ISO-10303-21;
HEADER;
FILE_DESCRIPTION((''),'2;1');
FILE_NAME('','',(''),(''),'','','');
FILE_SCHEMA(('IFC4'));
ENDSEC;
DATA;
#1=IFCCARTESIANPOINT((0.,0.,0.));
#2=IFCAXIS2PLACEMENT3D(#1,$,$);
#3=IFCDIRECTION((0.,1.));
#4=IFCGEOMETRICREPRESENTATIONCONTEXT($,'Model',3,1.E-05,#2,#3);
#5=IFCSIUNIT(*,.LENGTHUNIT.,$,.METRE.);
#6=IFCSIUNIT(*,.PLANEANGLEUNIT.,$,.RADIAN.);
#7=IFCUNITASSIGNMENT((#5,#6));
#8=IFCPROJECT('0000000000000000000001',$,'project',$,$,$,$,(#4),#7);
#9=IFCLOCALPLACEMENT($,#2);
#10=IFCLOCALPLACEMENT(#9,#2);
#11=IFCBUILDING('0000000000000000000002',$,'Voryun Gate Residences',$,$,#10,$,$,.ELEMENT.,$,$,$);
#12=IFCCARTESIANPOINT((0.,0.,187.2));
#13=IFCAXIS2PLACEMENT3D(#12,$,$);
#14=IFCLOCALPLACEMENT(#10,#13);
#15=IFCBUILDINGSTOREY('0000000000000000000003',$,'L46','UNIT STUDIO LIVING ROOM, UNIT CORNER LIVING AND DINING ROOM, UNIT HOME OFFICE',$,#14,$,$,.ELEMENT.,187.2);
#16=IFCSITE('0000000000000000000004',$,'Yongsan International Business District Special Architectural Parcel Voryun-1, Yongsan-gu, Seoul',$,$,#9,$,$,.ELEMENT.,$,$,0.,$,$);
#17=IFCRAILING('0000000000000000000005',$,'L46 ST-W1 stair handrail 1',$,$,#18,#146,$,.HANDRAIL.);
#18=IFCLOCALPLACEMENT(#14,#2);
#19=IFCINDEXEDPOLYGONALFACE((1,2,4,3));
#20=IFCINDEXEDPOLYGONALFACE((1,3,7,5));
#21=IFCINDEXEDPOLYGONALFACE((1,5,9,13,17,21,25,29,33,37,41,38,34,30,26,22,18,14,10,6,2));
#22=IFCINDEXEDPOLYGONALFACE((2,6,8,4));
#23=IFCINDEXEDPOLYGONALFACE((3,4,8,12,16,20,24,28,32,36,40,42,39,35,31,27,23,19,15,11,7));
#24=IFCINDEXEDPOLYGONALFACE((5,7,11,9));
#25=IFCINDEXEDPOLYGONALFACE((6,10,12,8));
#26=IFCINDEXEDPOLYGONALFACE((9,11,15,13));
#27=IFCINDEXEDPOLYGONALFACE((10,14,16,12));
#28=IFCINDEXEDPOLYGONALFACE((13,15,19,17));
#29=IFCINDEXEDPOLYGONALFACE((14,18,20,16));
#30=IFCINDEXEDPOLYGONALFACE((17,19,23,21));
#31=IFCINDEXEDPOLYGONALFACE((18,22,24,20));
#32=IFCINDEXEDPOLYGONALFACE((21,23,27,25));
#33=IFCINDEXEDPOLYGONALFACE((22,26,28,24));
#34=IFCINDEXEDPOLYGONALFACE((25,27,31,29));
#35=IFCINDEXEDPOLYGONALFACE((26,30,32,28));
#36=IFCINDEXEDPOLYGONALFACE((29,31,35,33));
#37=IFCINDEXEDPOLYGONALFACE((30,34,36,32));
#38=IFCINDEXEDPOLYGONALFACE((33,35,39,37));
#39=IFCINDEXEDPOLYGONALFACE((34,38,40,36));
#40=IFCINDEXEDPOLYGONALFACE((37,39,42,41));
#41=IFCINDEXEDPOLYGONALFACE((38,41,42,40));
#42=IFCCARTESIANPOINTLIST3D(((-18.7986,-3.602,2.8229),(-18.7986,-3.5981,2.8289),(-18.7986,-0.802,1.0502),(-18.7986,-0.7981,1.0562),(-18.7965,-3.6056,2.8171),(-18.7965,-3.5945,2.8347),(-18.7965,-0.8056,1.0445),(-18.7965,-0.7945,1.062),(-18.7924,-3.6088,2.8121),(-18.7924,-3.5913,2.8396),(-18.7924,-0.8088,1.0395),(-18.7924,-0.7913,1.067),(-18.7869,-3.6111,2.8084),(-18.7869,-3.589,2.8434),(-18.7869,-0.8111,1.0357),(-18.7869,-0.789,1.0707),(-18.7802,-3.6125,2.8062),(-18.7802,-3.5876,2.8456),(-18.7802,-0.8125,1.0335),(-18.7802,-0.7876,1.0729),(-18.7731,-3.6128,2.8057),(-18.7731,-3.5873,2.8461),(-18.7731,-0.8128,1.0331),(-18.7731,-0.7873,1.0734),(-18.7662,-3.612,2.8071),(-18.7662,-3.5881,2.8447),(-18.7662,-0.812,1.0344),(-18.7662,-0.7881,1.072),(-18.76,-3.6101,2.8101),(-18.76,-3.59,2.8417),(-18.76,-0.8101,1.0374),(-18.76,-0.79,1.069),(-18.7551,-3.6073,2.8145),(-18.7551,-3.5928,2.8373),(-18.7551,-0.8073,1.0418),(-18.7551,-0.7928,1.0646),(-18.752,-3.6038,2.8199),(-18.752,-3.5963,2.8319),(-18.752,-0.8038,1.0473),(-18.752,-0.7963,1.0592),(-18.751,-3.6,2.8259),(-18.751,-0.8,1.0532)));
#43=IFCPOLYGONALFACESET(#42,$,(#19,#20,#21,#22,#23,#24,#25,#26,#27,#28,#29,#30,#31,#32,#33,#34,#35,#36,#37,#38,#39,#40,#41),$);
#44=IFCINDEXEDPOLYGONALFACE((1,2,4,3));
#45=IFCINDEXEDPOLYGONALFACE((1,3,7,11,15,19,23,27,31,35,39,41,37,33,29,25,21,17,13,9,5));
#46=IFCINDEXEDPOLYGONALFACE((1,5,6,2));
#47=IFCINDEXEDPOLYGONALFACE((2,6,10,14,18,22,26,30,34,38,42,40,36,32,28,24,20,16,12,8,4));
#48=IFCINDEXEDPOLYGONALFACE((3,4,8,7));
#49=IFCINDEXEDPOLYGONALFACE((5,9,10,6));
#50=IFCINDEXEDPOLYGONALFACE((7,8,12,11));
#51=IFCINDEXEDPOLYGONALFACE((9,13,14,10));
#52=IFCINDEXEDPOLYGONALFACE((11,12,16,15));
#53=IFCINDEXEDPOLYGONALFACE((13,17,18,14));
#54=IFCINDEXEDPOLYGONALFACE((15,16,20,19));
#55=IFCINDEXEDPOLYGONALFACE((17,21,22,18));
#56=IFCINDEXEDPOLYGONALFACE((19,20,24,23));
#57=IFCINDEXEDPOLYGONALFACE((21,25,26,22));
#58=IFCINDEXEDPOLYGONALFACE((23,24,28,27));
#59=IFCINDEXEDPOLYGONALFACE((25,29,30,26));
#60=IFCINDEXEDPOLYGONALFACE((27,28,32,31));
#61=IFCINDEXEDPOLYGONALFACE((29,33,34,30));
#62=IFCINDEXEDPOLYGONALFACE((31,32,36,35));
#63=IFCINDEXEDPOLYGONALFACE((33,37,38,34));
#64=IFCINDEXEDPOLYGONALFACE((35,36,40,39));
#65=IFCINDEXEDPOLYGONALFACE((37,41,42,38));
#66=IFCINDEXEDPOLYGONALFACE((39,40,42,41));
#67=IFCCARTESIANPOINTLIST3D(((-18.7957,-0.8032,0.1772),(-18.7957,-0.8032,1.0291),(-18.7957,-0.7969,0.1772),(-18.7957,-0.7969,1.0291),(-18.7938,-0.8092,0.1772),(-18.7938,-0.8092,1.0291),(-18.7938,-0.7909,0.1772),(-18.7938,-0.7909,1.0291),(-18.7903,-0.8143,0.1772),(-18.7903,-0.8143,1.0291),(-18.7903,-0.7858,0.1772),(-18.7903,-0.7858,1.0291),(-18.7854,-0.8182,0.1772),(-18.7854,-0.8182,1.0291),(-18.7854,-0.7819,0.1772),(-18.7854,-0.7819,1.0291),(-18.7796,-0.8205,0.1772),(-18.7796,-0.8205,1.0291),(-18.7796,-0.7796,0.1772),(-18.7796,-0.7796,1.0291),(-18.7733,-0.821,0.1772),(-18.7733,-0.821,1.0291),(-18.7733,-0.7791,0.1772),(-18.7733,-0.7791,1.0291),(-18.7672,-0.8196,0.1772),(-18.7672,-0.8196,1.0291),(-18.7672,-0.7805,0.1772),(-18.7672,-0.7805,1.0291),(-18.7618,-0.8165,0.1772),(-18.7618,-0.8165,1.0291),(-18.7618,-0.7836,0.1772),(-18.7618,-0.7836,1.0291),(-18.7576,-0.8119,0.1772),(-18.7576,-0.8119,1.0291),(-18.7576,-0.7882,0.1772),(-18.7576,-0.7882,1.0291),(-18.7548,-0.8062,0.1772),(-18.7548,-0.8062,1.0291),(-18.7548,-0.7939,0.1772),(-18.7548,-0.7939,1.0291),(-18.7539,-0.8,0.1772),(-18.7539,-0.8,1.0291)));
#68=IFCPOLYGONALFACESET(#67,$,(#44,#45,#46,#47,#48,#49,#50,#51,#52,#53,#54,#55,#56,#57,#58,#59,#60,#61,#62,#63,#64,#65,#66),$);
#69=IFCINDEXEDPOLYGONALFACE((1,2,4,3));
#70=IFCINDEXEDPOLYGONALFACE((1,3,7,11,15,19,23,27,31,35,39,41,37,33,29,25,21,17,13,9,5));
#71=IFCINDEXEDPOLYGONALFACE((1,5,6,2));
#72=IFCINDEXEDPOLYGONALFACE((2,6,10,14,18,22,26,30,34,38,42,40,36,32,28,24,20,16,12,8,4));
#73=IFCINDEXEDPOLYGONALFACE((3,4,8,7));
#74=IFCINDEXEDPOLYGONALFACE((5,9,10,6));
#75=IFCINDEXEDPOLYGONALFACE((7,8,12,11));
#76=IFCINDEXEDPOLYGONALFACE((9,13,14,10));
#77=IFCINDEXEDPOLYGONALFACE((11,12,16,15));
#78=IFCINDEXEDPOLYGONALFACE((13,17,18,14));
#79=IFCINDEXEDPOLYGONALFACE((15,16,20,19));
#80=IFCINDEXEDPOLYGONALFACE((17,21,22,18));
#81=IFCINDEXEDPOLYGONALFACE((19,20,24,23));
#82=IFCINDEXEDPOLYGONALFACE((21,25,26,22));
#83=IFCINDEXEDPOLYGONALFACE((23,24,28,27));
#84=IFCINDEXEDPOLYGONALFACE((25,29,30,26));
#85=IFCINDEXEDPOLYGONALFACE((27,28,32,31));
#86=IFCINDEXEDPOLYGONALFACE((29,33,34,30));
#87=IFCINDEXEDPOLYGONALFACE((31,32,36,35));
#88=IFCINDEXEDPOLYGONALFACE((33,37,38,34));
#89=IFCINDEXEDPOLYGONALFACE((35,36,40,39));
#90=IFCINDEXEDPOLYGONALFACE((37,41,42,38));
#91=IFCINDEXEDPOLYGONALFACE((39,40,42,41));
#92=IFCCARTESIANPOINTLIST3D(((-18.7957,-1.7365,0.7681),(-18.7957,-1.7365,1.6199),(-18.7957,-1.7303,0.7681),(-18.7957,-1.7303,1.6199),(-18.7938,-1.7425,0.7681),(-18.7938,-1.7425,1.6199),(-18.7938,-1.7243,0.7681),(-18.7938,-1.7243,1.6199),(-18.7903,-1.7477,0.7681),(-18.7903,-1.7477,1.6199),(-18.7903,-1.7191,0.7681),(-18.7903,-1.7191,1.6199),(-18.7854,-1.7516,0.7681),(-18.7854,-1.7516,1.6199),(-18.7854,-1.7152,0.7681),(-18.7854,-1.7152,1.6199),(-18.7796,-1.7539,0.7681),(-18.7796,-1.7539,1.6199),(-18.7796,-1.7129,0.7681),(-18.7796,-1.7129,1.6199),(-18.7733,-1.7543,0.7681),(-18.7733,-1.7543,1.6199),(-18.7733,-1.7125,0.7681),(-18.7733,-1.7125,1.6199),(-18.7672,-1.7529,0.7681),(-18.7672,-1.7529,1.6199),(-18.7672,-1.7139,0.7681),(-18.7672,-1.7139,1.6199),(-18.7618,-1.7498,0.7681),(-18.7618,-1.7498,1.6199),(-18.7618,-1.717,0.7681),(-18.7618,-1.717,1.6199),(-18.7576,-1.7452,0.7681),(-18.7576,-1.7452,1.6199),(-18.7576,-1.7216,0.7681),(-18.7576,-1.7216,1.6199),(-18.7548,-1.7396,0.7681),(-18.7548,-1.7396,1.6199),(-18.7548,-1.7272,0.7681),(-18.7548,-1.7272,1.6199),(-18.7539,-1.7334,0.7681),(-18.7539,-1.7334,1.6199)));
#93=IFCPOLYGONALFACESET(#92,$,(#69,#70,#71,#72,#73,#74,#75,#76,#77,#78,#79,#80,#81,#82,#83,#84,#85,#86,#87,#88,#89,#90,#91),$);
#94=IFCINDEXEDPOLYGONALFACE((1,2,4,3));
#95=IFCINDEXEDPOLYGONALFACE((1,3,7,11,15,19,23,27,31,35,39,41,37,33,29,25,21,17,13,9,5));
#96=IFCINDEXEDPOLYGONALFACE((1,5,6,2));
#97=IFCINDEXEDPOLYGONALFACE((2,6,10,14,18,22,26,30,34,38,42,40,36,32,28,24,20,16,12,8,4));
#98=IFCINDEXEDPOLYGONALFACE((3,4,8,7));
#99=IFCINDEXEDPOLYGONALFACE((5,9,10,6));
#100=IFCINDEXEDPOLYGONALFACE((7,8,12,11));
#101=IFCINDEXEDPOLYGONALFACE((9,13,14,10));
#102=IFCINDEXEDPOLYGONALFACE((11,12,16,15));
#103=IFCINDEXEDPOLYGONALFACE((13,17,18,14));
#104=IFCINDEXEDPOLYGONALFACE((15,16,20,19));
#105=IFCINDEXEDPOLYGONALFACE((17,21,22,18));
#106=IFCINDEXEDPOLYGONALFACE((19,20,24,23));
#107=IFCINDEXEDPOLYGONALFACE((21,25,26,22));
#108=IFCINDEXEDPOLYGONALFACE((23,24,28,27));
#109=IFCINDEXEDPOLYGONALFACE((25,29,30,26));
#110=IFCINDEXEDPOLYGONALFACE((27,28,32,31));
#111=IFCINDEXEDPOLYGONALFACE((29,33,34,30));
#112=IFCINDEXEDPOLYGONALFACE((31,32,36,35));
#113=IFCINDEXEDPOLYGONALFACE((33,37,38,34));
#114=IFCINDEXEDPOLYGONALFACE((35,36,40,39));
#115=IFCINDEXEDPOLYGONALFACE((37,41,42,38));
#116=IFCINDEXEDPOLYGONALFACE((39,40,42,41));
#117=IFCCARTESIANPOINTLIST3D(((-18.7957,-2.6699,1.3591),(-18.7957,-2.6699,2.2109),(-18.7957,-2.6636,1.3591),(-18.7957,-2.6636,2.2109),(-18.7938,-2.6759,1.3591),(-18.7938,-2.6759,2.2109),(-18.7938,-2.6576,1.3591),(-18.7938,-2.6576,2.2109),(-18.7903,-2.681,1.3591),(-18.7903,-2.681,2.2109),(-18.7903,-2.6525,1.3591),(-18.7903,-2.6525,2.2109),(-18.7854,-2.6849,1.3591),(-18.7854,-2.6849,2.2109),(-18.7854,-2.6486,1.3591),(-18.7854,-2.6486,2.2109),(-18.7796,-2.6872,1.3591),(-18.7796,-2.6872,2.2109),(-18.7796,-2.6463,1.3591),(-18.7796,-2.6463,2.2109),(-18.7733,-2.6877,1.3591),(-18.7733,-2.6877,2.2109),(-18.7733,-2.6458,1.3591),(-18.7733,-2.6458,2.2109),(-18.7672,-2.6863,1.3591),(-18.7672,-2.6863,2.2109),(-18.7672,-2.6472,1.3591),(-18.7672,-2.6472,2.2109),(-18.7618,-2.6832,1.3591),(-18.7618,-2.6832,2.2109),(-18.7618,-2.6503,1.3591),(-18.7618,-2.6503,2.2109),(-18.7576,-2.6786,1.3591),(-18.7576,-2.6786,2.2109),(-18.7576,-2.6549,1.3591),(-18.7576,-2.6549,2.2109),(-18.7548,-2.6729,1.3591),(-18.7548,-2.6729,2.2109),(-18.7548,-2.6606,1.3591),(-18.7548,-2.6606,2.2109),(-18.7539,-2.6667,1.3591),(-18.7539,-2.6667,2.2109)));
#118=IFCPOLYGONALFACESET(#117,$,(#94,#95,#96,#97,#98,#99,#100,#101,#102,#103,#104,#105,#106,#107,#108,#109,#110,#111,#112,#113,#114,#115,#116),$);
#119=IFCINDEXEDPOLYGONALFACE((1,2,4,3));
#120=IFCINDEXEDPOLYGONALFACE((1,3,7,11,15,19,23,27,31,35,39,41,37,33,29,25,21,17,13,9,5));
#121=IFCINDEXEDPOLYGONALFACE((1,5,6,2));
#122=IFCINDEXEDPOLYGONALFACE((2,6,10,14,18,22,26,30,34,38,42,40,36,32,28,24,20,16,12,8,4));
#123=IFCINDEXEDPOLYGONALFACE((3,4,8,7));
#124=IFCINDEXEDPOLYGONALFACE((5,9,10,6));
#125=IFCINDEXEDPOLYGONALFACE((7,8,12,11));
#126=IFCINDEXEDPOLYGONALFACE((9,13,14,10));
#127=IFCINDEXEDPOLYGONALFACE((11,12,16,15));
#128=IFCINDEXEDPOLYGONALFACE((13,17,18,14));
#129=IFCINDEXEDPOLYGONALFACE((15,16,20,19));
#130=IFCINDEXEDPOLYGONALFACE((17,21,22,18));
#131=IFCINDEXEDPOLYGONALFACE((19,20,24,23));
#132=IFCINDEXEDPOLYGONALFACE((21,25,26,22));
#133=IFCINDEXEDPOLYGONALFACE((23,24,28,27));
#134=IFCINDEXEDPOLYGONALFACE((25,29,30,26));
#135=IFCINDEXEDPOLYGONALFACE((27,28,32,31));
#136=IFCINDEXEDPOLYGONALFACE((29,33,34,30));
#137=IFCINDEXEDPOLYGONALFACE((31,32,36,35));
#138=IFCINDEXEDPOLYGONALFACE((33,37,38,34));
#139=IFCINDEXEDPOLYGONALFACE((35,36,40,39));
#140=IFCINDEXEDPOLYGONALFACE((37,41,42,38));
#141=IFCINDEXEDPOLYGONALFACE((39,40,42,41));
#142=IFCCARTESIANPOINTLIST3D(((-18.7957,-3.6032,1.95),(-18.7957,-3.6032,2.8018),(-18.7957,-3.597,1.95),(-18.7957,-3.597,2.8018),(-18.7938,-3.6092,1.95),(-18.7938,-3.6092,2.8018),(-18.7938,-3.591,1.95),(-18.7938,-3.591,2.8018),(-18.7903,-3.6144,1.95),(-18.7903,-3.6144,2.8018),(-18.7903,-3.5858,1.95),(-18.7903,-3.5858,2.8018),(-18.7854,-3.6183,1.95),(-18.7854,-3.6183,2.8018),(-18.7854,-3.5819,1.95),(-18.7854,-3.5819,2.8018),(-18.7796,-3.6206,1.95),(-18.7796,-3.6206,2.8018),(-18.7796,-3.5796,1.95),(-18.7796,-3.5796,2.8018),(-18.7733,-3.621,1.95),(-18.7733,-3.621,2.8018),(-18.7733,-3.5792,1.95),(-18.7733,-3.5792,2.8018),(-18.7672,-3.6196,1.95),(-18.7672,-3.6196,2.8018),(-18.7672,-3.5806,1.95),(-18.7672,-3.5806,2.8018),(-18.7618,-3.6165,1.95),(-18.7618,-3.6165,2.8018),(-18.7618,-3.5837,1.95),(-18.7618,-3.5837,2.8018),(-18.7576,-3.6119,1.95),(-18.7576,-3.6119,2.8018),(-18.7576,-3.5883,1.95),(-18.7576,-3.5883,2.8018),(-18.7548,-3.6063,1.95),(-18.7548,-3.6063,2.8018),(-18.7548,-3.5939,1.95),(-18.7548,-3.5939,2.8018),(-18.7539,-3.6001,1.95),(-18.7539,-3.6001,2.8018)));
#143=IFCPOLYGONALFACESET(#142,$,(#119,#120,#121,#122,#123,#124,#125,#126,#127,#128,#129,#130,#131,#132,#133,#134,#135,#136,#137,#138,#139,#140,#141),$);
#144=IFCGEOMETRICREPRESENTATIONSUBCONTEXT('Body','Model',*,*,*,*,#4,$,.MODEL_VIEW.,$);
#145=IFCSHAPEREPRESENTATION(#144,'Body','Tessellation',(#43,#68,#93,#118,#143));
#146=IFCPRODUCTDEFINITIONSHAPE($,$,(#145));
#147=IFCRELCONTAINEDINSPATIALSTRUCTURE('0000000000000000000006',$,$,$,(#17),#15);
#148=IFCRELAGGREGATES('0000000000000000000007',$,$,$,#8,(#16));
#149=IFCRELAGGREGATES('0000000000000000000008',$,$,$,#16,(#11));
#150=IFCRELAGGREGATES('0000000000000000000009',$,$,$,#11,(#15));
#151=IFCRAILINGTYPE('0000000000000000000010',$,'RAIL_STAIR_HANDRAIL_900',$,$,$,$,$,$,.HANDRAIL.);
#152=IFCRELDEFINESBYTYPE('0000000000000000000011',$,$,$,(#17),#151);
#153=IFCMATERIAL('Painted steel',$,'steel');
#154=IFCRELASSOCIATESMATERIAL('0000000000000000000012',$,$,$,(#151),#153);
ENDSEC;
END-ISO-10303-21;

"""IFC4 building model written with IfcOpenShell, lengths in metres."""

from ifc_helpers import new_model, si_unit, direction, frame, origin, origin_2d, place, context, subcontext, project, spatial, circle, extrude, material, type_object, element, save


model = new_model("IFC4")

# Units and contexts
model_context = context("Model", 3, precision=1e-05, world=origin(), true_north=direction((0.0, 1.0)))
body_context = subcontext(model_context, "Body", "Model", "MODEL_VIEW")
ifc_project = project(units=[si_unit("LENGTHUNIT", "METRE"), si_unit("PLANEANGLEUNIT", "RADIAN")], contexts=[model_context])

# Site, building, storey
site_placement = place(None, origin())
site = spatial("IfcSite", under=ifc_project, at=site_placement, Name="Yongsan International Business District Special Architectural Parcel Voryun-1, Yongsan-gu, Seoul", CompositionType="ELEMENT", RefElevation=0.0)
building_placement = place(site_placement, origin())
building = spatial("IfcBuilding", under=site, at=building_placement, Name="Voryun Gate Residences", CompositionType="ELEMENT")
storey_placement = place(building_placement, frame((0.0, 0.0, 187.2)))
storey = spatial("IfcBuildingStorey", under=building, at=storey_placement, Name="L46", Description="UNIT STUDIO LIVING ROOM, UNIT CORNER LIVING AND DINING ROOM, UNIT HOME OFFICE", CompositionType="ELEMENT", Elevation=187.2)

# Railing
ifc_material_1 = material(Name="Painted steel", Category="steel")
railing_type_1 = type_object("IfcRailingType", Name="RAIL_STAIR_HANDRAIL_900", PredefinedType="HANDRAIL", material=ifc_material_1)
railing_1_placement = place(storey_placement, frame((-18.7749, -0.8, 0.1772)))
element("IfcRailing", 1, at=railing_1_placement, inside=storey, type_object=railing_type_1, Name="L46 ST-W1 stair handrail 1", PredefinedType="HANDRAIL", context=body_context, shape_type="SweptSolid", body=[
    extrude(circle(Radius=0.0239, at=origin_2d()), frame((0.0, 0.0, 0.876), z_axis=(0.0, -0.844909, 0.53491), x_axis=(1.0, 0.0, 0.0)), (0.0, 0.0, 1.0), 3.314),
    extrude(circle(Radius=0.021, at=origin_2d()), origin(), (0.0, 0.0, 1.0), 0.8518),
    extrude(circle(Radius=0.021, at=origin_2d()), frame((0.0, -0.9333, 0.5908)), (0.0, 0.0, 1.0), 0.8518),
    extrude(circle(Radius=0.021, at=origin_2d()), frame((0.0, -1.8667, 1.1819)), (0.0, 0.0, 1.0), 0.8518),
    extrude(circle(Radius=0.021, at=origin_2d()), frame((0.0, -2.8, 1.7727)), (0.0, 0.0, 1.0), 0.8518),
])

save(model, "model.ifc")
